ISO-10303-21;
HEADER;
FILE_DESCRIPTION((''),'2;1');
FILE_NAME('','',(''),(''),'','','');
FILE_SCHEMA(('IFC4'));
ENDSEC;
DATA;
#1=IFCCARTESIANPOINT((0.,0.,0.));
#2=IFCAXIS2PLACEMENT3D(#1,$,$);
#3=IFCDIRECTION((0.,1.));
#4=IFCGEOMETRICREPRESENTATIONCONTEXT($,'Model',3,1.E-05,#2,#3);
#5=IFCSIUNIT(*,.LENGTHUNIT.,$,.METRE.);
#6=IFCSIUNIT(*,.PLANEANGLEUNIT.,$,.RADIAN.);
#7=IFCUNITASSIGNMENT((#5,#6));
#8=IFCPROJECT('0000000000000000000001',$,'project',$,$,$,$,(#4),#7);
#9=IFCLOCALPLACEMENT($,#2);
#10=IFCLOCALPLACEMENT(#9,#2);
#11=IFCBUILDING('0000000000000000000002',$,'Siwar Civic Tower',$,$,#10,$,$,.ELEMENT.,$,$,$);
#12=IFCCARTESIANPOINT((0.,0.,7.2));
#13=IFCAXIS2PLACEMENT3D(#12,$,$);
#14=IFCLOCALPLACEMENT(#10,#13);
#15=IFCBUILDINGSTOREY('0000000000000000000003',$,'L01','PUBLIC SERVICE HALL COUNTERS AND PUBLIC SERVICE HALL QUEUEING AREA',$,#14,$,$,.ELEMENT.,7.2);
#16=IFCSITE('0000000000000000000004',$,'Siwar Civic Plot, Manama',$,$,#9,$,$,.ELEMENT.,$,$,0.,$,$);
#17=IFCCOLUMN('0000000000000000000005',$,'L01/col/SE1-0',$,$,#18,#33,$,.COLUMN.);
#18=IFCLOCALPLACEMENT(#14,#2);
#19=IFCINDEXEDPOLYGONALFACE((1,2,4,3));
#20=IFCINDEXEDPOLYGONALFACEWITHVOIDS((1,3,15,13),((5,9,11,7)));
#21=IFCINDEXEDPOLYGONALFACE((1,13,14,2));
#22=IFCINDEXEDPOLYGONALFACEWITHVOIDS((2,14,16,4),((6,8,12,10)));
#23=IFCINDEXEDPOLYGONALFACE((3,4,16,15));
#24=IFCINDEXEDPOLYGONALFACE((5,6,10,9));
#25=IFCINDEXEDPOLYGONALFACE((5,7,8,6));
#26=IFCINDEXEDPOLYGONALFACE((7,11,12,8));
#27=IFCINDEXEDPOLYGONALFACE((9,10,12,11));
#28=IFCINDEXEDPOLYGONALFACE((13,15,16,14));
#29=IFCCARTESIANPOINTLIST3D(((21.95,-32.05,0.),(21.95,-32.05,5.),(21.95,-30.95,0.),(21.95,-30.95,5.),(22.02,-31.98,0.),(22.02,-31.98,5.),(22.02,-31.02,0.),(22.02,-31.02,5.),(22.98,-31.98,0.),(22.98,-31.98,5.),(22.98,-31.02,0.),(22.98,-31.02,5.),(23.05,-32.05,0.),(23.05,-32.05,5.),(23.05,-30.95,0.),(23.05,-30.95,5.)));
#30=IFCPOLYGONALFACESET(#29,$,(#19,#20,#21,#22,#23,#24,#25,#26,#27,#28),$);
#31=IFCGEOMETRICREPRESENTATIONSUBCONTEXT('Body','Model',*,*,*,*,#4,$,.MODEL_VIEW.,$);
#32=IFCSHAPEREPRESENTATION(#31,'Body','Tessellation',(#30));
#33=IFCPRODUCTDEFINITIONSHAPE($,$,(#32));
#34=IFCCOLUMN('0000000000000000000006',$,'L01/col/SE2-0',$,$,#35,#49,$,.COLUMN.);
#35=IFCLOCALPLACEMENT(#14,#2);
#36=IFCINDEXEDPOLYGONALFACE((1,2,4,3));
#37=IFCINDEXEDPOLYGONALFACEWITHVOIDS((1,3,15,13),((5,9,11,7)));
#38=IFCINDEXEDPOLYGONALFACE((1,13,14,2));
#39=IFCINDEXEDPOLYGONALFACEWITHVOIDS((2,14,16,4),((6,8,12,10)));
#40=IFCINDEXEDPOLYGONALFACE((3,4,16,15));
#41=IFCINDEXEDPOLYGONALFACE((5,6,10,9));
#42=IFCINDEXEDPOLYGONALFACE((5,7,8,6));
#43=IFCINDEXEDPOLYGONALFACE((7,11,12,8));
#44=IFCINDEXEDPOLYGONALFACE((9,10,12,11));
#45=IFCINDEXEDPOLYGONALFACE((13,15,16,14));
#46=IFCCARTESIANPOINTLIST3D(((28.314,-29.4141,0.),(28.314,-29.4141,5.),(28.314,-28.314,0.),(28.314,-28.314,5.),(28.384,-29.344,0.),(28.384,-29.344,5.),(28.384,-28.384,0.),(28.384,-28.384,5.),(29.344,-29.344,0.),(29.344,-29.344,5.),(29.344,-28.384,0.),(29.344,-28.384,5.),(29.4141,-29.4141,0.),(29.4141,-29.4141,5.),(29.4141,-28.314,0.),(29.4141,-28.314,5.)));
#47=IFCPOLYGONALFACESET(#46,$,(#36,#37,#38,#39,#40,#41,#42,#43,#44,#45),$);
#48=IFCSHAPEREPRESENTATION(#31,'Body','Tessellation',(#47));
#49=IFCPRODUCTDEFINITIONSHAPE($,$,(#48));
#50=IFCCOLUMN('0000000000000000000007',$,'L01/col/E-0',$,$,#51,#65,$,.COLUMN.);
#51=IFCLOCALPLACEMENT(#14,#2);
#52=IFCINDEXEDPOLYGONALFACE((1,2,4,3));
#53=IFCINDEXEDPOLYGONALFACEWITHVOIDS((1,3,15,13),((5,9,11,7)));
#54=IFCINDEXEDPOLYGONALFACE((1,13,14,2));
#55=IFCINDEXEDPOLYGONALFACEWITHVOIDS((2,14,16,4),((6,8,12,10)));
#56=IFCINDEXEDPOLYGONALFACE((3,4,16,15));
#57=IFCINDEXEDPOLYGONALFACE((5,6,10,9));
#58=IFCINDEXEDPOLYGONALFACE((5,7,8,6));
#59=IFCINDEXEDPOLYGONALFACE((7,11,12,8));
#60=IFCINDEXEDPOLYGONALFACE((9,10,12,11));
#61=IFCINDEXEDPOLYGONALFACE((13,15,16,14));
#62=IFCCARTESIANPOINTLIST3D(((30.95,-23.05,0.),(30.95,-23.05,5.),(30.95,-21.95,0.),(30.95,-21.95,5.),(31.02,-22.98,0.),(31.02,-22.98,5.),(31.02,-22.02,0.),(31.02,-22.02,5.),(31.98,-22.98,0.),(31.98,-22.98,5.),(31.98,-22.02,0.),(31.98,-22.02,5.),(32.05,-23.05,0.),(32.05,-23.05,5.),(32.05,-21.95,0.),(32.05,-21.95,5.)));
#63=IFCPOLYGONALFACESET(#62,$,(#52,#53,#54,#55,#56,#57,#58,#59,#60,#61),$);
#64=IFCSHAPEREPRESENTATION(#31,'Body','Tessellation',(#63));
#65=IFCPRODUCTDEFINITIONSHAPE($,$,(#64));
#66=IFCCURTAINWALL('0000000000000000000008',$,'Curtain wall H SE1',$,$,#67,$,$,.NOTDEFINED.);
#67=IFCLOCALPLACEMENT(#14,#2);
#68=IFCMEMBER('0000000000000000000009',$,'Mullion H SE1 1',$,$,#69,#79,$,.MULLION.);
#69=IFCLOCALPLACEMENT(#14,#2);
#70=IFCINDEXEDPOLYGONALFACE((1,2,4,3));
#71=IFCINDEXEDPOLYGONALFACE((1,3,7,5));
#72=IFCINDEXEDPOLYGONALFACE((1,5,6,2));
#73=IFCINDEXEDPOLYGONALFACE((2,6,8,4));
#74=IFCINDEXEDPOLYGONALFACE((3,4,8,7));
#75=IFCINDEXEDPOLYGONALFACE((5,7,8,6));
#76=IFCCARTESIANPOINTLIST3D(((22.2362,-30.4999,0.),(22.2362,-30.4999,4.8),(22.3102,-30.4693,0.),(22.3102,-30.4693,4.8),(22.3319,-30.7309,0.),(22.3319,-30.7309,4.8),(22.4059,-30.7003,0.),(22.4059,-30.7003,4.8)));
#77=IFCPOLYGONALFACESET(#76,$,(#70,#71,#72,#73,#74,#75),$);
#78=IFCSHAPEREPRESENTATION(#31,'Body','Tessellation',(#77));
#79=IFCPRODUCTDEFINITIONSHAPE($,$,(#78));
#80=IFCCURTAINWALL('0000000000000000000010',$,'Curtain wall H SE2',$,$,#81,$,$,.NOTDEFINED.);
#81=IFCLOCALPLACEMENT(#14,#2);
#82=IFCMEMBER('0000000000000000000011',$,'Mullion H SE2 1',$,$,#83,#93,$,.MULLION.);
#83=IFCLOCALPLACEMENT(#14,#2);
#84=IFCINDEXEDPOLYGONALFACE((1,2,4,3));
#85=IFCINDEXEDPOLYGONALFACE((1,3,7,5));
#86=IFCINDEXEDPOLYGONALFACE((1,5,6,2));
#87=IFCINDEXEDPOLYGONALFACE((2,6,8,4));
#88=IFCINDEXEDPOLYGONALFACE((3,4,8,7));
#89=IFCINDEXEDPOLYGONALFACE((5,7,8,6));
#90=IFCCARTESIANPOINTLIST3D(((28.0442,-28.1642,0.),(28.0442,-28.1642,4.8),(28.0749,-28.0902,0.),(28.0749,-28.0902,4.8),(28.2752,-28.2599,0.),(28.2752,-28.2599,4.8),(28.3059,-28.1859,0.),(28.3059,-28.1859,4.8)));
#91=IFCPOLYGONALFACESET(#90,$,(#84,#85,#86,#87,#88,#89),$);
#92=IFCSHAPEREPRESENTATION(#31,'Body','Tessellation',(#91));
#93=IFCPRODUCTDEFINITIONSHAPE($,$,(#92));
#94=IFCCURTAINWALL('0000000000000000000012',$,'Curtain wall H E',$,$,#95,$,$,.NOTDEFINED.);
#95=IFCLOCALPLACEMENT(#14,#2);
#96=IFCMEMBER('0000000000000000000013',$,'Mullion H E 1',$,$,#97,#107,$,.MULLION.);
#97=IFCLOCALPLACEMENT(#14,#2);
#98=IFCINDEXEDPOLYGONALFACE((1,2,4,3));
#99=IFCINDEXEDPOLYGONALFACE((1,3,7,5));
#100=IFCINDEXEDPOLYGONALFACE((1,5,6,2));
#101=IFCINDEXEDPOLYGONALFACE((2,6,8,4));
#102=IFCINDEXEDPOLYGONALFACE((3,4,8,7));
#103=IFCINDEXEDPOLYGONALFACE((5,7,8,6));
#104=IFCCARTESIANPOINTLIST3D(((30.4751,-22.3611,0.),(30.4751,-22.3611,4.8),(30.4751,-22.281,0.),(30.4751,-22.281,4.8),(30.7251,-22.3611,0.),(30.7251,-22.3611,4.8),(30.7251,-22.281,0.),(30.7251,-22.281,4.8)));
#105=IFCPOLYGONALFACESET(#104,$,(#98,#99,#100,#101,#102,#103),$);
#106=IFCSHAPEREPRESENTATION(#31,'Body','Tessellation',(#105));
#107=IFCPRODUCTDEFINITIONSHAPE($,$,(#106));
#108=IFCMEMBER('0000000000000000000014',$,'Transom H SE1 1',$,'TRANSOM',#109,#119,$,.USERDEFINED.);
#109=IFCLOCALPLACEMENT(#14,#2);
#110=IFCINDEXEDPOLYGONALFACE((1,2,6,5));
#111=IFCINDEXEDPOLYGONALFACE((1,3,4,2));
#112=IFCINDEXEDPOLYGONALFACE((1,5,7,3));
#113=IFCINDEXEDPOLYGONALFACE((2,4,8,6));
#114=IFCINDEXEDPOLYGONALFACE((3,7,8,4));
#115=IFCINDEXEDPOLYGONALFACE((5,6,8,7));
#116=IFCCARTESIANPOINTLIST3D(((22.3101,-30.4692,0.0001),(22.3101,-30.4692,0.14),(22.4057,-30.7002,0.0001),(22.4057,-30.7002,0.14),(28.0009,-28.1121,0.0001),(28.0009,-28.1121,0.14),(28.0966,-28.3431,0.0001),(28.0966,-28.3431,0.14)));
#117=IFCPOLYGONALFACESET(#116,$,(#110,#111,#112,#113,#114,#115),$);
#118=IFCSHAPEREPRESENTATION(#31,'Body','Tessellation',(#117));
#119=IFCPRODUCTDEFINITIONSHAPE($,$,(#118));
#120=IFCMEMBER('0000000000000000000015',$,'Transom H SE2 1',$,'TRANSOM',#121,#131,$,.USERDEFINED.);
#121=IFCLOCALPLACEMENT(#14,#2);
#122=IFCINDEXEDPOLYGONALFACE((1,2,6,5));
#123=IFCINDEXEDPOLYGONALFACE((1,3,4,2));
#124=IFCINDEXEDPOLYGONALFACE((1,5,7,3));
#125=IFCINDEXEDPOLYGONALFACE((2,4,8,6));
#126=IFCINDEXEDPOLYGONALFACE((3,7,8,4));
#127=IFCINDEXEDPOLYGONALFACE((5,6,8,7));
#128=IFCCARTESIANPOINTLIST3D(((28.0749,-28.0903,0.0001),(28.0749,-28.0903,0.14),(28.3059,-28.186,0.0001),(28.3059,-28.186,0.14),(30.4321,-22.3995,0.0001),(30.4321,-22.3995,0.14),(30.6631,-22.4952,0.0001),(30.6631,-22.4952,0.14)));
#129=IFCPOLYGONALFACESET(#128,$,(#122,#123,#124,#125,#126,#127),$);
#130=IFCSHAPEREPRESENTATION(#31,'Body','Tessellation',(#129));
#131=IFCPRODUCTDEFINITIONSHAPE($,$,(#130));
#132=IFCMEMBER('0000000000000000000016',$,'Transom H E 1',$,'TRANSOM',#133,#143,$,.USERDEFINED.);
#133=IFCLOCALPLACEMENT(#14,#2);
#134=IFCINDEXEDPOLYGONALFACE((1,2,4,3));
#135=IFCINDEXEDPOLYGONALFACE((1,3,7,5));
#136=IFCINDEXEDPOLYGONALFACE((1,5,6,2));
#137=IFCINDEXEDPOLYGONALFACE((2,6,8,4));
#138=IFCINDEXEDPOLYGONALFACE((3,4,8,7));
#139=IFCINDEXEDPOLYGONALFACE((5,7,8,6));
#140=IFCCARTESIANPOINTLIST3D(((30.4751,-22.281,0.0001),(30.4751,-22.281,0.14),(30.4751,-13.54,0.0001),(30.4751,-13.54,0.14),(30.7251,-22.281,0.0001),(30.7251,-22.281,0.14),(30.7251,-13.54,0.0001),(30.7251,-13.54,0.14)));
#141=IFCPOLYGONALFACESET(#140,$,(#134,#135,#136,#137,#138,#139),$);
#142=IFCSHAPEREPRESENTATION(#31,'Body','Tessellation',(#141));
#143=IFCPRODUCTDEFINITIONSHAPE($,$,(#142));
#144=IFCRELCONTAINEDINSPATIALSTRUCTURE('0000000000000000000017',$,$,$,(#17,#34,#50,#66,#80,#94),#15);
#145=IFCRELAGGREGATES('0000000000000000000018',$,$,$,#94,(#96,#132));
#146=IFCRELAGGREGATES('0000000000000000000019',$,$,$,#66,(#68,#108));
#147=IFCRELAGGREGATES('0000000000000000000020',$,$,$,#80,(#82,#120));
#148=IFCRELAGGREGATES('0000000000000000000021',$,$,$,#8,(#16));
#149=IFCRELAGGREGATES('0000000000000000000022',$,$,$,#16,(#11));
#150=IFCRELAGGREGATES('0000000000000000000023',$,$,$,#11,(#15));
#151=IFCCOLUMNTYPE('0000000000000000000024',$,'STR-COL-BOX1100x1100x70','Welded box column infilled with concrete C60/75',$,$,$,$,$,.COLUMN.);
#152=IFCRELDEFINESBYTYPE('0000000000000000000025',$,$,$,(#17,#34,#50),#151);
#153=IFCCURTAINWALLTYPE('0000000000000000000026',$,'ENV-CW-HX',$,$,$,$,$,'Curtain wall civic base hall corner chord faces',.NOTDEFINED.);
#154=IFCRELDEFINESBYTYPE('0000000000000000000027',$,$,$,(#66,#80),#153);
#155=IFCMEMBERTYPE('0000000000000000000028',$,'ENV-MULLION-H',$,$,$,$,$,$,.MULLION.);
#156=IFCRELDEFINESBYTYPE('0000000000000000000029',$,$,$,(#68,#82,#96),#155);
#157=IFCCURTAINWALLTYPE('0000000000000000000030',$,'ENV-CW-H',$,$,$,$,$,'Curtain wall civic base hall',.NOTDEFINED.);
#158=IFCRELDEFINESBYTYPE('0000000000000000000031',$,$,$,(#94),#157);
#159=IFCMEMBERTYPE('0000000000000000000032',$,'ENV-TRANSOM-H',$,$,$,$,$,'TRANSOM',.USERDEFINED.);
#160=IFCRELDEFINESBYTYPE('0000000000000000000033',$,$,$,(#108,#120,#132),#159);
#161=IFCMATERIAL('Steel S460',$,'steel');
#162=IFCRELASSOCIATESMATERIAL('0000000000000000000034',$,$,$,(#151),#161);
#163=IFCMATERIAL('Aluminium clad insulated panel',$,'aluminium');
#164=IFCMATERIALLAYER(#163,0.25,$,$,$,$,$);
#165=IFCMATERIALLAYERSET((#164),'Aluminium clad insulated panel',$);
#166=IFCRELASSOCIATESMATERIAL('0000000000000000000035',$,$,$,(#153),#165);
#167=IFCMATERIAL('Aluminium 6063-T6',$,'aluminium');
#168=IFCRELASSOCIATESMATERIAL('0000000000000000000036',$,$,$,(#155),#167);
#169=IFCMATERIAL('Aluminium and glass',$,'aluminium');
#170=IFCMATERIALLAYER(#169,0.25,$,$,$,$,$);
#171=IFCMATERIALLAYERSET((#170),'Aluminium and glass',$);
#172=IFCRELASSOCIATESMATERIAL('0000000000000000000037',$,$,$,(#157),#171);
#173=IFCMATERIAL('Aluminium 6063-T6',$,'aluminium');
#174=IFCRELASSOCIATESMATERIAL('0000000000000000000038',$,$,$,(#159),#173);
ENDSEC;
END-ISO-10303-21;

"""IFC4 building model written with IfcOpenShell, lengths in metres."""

from ifc_helpers import new_model, si_unit, direction, frame, origin, origin_2d, place, context, subcontext, project, spatial, rectangle, hollow_rectangle, extrude, material, layer, layer_set, material_profile, profile_set, type_object, element, aggregate, save


model = new_model("IFC4")

# Units and contexts
model_context = context("Model", 3, precision=1e-05, world=origin(), true_north=direction((0.0, 1.0)))
body_context = subcontext(model_context, "Body", "Model", "MODEL_VIEW")
ifc_project = project(units=[si_unit("LENGTHUNIT", "METRE"), si_unit("PLANEANGLEUNIT", "RADIAN")], contexts=[model_context])

# Site, building, storey
site_placement = place(None, origin())
site = spatial("IfcSite", under=ifc_project, at=site_placement, Name="Siwar Civic Plot, Manama", CompositionType="ELEMENT", RefElevation=0.0)
building_placement = place(site_placement, origin())
building = spatial("IfcBuilding", under=site, at=building_placement, Name="Siwar Civic Tower", CompositionType="ELEMENT")
storey_placement = place(building_placement, frame((0.0, 0.0, 7.2)))
storey = spatial("IfcBuildingStorey", under=building, at=storey_placement, Name="L01", Description="PUBLIC SERVICE HALL COUNTERS AND PUBLIC SERVICE HALL QUEUEING AREA", CompositionType="ELEMENT", Elevation=7.2)

# Columns
ifc_material_1 = material(Name="Steel S460", Category="steel")
ifc_material_profile_1 = material_profile(ifc_material_1, hollow_rectangle(XDim=1.1001, YDim=1.1001, WallThickness=0.0701, at=origin_2d()), Name="BOX1100x1100x70")
ifc_profile_set_1 = profile_set([ifc_material_profile_1], Name="Steel S460")
column_type = type_object("IfcColumnType", Name="STR-COL-BOX1100x1100x70", Description="Welded box column infilled with concrete C60/75", PredefinedType="COLUMN", material=ifc_profile_set_1)
for number, where, z_axis, x_axis, name in (
    (1, (22.5, -31.5, 0.0), (0.0, 0.0, 1.0), (1.0, 0.0, 0.0), "L01/col/SE1-0"),
    (2, (28.864, -28.864, 0.0), (0.0, 0.0, 1.0), (1.0, 0.0, 0.0), "L01/col/SE2-0"),
    (3, (31.5, -22.5, 0.0), (0.0, 0.0, 1.0), (1.0, 0.0, 0.0), "L01/col/E-0"),
):
    element("IfcColumn", number, at=place(storey_placement, frame(where, z_axis=z_axis, x_axis=x_axis)), inside=storey, type_object=column_type, Name=name, PredefinedType="COLUMN", context=body_context, shape_type="SweptSolid", body=[
        extrude(hollow_rectangle(XDim=1.1001, YDim=1.1001, WallThickness=0.0701, at=origin_2d()), origin(), (0.0, 0.0, 1.0), 5.0),
    ])

# Curtain walls, members
ifc_material_2 = material(Name="Aluminium clad insulated panel", Category="aluminium")
ifc_layer_1 = layer(ifc_material_2, 0.25)
ifc_layer_set_1 = layer_set([ifc_layer_1], Name="Aluminium clad insulated panel")
curtain_wall_type_1 = type_object("IfcCurtainWallType", Name="ENV-CW-HX", ElementType="Curtain wall civic base hall corner chord faces", PredefinedType="NOTDEFINED", material=ifc_layer_set_1)
curtain_wall_1_placement = place(storey_placement, origin())
curtain_wall_1 = element("IfcCurtainWall", 4, at=curtain_wall_1_placement, inside=storey, type_object=curtain_wall_type_1, Name="Curtain wall H SE1", PredefinedType="NOTDEFINED")
ifc_material_3 = material(Name="Aluminium 6063-T6", Category="aluminium")
ifc_material_profile_2 = material_profile(ifc_material_3, rectangle(XDim=0.25, YDim=0.0801, at=origin_2d()), Name="AL 250x80")
ifc_profile_set_2 = profile_set([ifc_material_profile_2], Name="Aluminium 6063-T6")
member_type_1 = type_object("IfcMemberType", Name="ENV-MULLION-H", PredefinedType="MULLION", material=ifc_profile_set_2)
member_1_placement = place(storey_placement, frame((22.321, -30.6001, 0.0), z_axis=(0.0, 0.0, 1.0), x_axis=(-0.382683, 0.92388, 0.0)))
member_1 = element("IfcMember", 5, at=member_1_placement, type_object=member_type_1, Name="Mullion H SE1 1", PredefinedType="MULLION", context=body_context, shape_type="SweptSolid", body=[
    extrude(rectangle(XDim=0.25, YDim=0.0801, at=origin_2d()), origin(), (0.0, 0.0, 1.0), 4.8),
])
curtain_wall_2_placement = place(storey_placement, origin())
curtain_wall_2 = element("IfcCurtainWall", 6, at=curtain_wall_2_placement, inside=storey, type_object=curtain_wall_type_1, Name="Curtain wall H SE2", PredefinedType="NOTDEFINED")
member_2_placement = place(storey_placement, frame((28.175, -28.175, 0.0), z_axis=(0.0, 0.0, 1.0), x_axis=(-0.92388, 0.382683, 0.0)))
member_2 = element("IfcMember", 7, at=member_2_placement, type_object=member_type_1, Name="Mullion H SE2 1", PredefinedType="MULLION", context=body_context, shape_type="SweptSolid", body=[
    extrude(rectangle(XDim=0.25, YDim=0.0801, at=origin_2d()), origin(), (0.0, 0.0, 1.0), 4.8),
])
ifc_material_4 = material(Name="Aluminium and glass", Category="aluminium")
ifc_layer_2 = layer(ifc_material_4, 0.25)
ifc_layer_set_2 = layer_set([ifc_layer_2], Name="Aluminium and glass")
curtain_wall_type_2 = type_object("IfcCurtainWallType", Name="ENV-CW-H", ElementType="Curtain wall civic base hall", PredefinedType="NOTDEFINED", material=ifc_layer_set_2)
curtain_wall_3_placement = place(storey_placement, origin())
curtain_wall_3 = element("IfcCurtainWall", 8, at=curtain_wall_3_placement, inside=storey, type_object=curtain_wall_type_2, Name="Curtain wall H E", PredefinedType="NOTDEFINED")
member_3_placement = place(storey_placement, frame((30.6001, -22.321, 0.0), z_axis=(0.0, 0.0, 1.0), x_axis=(-1.0, 0.0, 0.0)))
member_3 = element("IfcMember", 9, at=member_3_placement, type_object=member_type_1, Name="Mullion H E 1", PredefinedType="MULLION", context=body_context, shape_type="SweptSolid", body=[
    extrude(rectangle(XDim=0.25, YDim=0.0801, at=origin_2d()), origin(), (0.0, 0.0, 1.0), 4.8),
])

# Members
ifc_material_5 = material(Name="Aluminium 6063-T6", Category="aluminium")
ifc_material_profile_3 = material_profile(ifc_material_5, rectangle(XDim=0.25, YDim=0.1399, at=origin_2d()), Name="AL 250x140")
ifc_profile_set_3 = profile_set([ifc_material_profile_3], Name="Aluminium 6063-T6")
member_type_2 = type_object("IfcMemberType", Name="ENV-TRANSOM-H", ElementType="TRANSOM", PredefinedType="USERDEFINED", material=ifc_profile_set_3)
member_4_placement = place(storey_placement, frame((22.3579, -30.5847, 0.0701), z_axis=(0.923884, 0.382673, 0.0), x_axis=(-0.382673, 0.923884, 0.0)))
member_4 = element("IfcMember", 10, at=member_4_placement, type_object=member_type_2, Name="Transom H SE1 1", ObjectType="TRANSOM", PredefinedType="USERDEFINED", context=body_context, shape_type="SweptSolid", body=[
    extrude(rectangle(XDim=0.25, YDim=0.1399, at=origin_2d()), origin(), (0.0, 0.0, 1.0), 6.1597),
])
member_5_placement = place(storey_placement, frame((28.1904, -28.1382, 0.0701), z_axis=(0.382673, 0.923884, 0.0), x_axis=(-0.923884, 0.382673, 0.0)))
member_5 = element("IfcMember", 11, at=member_5_placement, type_object=member_type_2, Name="Transom H SE2 1", ObjectType="TRANSOM", PredefinedType="USERDEFINED", context=body_context, shape_type="SweptSolid", body=[
    extrude(rectangle(XDim=0.25, YDim=0.1399, at=origin_2d()), origin(), (0.0, 0.0, 1.0), 6.1597),
])
member_6_placement = place(storey_placement, frame((30.6001, -22.281, 0.0701), z_axis=(0.0, 1.0, 0.0), x_axis=(-1.0, 0.0, 0.0)))
member_6 = element("IfcMember", 12, at=member_6_placement, type_object=member_type_2, Name="Transom H E 1", ObjectType="TRANSOM", PredefinedType="USERDEFINED", context=body_context, shape_type="SweptSolid", body=[
    extrude(rectangle(XDim=0.25, YDim=0.1399, at=origin_2d()), origin(), (0.0, 0.0, 1.0), 8.741),
])
aggregate(curtain_wall_3, [member_3, member_6])

aggregate(curtain_wall_1, [member_1, member_4])
aggregate(curtain_wall_2, [member_2, member_5])

save(model, "model.ifc")
